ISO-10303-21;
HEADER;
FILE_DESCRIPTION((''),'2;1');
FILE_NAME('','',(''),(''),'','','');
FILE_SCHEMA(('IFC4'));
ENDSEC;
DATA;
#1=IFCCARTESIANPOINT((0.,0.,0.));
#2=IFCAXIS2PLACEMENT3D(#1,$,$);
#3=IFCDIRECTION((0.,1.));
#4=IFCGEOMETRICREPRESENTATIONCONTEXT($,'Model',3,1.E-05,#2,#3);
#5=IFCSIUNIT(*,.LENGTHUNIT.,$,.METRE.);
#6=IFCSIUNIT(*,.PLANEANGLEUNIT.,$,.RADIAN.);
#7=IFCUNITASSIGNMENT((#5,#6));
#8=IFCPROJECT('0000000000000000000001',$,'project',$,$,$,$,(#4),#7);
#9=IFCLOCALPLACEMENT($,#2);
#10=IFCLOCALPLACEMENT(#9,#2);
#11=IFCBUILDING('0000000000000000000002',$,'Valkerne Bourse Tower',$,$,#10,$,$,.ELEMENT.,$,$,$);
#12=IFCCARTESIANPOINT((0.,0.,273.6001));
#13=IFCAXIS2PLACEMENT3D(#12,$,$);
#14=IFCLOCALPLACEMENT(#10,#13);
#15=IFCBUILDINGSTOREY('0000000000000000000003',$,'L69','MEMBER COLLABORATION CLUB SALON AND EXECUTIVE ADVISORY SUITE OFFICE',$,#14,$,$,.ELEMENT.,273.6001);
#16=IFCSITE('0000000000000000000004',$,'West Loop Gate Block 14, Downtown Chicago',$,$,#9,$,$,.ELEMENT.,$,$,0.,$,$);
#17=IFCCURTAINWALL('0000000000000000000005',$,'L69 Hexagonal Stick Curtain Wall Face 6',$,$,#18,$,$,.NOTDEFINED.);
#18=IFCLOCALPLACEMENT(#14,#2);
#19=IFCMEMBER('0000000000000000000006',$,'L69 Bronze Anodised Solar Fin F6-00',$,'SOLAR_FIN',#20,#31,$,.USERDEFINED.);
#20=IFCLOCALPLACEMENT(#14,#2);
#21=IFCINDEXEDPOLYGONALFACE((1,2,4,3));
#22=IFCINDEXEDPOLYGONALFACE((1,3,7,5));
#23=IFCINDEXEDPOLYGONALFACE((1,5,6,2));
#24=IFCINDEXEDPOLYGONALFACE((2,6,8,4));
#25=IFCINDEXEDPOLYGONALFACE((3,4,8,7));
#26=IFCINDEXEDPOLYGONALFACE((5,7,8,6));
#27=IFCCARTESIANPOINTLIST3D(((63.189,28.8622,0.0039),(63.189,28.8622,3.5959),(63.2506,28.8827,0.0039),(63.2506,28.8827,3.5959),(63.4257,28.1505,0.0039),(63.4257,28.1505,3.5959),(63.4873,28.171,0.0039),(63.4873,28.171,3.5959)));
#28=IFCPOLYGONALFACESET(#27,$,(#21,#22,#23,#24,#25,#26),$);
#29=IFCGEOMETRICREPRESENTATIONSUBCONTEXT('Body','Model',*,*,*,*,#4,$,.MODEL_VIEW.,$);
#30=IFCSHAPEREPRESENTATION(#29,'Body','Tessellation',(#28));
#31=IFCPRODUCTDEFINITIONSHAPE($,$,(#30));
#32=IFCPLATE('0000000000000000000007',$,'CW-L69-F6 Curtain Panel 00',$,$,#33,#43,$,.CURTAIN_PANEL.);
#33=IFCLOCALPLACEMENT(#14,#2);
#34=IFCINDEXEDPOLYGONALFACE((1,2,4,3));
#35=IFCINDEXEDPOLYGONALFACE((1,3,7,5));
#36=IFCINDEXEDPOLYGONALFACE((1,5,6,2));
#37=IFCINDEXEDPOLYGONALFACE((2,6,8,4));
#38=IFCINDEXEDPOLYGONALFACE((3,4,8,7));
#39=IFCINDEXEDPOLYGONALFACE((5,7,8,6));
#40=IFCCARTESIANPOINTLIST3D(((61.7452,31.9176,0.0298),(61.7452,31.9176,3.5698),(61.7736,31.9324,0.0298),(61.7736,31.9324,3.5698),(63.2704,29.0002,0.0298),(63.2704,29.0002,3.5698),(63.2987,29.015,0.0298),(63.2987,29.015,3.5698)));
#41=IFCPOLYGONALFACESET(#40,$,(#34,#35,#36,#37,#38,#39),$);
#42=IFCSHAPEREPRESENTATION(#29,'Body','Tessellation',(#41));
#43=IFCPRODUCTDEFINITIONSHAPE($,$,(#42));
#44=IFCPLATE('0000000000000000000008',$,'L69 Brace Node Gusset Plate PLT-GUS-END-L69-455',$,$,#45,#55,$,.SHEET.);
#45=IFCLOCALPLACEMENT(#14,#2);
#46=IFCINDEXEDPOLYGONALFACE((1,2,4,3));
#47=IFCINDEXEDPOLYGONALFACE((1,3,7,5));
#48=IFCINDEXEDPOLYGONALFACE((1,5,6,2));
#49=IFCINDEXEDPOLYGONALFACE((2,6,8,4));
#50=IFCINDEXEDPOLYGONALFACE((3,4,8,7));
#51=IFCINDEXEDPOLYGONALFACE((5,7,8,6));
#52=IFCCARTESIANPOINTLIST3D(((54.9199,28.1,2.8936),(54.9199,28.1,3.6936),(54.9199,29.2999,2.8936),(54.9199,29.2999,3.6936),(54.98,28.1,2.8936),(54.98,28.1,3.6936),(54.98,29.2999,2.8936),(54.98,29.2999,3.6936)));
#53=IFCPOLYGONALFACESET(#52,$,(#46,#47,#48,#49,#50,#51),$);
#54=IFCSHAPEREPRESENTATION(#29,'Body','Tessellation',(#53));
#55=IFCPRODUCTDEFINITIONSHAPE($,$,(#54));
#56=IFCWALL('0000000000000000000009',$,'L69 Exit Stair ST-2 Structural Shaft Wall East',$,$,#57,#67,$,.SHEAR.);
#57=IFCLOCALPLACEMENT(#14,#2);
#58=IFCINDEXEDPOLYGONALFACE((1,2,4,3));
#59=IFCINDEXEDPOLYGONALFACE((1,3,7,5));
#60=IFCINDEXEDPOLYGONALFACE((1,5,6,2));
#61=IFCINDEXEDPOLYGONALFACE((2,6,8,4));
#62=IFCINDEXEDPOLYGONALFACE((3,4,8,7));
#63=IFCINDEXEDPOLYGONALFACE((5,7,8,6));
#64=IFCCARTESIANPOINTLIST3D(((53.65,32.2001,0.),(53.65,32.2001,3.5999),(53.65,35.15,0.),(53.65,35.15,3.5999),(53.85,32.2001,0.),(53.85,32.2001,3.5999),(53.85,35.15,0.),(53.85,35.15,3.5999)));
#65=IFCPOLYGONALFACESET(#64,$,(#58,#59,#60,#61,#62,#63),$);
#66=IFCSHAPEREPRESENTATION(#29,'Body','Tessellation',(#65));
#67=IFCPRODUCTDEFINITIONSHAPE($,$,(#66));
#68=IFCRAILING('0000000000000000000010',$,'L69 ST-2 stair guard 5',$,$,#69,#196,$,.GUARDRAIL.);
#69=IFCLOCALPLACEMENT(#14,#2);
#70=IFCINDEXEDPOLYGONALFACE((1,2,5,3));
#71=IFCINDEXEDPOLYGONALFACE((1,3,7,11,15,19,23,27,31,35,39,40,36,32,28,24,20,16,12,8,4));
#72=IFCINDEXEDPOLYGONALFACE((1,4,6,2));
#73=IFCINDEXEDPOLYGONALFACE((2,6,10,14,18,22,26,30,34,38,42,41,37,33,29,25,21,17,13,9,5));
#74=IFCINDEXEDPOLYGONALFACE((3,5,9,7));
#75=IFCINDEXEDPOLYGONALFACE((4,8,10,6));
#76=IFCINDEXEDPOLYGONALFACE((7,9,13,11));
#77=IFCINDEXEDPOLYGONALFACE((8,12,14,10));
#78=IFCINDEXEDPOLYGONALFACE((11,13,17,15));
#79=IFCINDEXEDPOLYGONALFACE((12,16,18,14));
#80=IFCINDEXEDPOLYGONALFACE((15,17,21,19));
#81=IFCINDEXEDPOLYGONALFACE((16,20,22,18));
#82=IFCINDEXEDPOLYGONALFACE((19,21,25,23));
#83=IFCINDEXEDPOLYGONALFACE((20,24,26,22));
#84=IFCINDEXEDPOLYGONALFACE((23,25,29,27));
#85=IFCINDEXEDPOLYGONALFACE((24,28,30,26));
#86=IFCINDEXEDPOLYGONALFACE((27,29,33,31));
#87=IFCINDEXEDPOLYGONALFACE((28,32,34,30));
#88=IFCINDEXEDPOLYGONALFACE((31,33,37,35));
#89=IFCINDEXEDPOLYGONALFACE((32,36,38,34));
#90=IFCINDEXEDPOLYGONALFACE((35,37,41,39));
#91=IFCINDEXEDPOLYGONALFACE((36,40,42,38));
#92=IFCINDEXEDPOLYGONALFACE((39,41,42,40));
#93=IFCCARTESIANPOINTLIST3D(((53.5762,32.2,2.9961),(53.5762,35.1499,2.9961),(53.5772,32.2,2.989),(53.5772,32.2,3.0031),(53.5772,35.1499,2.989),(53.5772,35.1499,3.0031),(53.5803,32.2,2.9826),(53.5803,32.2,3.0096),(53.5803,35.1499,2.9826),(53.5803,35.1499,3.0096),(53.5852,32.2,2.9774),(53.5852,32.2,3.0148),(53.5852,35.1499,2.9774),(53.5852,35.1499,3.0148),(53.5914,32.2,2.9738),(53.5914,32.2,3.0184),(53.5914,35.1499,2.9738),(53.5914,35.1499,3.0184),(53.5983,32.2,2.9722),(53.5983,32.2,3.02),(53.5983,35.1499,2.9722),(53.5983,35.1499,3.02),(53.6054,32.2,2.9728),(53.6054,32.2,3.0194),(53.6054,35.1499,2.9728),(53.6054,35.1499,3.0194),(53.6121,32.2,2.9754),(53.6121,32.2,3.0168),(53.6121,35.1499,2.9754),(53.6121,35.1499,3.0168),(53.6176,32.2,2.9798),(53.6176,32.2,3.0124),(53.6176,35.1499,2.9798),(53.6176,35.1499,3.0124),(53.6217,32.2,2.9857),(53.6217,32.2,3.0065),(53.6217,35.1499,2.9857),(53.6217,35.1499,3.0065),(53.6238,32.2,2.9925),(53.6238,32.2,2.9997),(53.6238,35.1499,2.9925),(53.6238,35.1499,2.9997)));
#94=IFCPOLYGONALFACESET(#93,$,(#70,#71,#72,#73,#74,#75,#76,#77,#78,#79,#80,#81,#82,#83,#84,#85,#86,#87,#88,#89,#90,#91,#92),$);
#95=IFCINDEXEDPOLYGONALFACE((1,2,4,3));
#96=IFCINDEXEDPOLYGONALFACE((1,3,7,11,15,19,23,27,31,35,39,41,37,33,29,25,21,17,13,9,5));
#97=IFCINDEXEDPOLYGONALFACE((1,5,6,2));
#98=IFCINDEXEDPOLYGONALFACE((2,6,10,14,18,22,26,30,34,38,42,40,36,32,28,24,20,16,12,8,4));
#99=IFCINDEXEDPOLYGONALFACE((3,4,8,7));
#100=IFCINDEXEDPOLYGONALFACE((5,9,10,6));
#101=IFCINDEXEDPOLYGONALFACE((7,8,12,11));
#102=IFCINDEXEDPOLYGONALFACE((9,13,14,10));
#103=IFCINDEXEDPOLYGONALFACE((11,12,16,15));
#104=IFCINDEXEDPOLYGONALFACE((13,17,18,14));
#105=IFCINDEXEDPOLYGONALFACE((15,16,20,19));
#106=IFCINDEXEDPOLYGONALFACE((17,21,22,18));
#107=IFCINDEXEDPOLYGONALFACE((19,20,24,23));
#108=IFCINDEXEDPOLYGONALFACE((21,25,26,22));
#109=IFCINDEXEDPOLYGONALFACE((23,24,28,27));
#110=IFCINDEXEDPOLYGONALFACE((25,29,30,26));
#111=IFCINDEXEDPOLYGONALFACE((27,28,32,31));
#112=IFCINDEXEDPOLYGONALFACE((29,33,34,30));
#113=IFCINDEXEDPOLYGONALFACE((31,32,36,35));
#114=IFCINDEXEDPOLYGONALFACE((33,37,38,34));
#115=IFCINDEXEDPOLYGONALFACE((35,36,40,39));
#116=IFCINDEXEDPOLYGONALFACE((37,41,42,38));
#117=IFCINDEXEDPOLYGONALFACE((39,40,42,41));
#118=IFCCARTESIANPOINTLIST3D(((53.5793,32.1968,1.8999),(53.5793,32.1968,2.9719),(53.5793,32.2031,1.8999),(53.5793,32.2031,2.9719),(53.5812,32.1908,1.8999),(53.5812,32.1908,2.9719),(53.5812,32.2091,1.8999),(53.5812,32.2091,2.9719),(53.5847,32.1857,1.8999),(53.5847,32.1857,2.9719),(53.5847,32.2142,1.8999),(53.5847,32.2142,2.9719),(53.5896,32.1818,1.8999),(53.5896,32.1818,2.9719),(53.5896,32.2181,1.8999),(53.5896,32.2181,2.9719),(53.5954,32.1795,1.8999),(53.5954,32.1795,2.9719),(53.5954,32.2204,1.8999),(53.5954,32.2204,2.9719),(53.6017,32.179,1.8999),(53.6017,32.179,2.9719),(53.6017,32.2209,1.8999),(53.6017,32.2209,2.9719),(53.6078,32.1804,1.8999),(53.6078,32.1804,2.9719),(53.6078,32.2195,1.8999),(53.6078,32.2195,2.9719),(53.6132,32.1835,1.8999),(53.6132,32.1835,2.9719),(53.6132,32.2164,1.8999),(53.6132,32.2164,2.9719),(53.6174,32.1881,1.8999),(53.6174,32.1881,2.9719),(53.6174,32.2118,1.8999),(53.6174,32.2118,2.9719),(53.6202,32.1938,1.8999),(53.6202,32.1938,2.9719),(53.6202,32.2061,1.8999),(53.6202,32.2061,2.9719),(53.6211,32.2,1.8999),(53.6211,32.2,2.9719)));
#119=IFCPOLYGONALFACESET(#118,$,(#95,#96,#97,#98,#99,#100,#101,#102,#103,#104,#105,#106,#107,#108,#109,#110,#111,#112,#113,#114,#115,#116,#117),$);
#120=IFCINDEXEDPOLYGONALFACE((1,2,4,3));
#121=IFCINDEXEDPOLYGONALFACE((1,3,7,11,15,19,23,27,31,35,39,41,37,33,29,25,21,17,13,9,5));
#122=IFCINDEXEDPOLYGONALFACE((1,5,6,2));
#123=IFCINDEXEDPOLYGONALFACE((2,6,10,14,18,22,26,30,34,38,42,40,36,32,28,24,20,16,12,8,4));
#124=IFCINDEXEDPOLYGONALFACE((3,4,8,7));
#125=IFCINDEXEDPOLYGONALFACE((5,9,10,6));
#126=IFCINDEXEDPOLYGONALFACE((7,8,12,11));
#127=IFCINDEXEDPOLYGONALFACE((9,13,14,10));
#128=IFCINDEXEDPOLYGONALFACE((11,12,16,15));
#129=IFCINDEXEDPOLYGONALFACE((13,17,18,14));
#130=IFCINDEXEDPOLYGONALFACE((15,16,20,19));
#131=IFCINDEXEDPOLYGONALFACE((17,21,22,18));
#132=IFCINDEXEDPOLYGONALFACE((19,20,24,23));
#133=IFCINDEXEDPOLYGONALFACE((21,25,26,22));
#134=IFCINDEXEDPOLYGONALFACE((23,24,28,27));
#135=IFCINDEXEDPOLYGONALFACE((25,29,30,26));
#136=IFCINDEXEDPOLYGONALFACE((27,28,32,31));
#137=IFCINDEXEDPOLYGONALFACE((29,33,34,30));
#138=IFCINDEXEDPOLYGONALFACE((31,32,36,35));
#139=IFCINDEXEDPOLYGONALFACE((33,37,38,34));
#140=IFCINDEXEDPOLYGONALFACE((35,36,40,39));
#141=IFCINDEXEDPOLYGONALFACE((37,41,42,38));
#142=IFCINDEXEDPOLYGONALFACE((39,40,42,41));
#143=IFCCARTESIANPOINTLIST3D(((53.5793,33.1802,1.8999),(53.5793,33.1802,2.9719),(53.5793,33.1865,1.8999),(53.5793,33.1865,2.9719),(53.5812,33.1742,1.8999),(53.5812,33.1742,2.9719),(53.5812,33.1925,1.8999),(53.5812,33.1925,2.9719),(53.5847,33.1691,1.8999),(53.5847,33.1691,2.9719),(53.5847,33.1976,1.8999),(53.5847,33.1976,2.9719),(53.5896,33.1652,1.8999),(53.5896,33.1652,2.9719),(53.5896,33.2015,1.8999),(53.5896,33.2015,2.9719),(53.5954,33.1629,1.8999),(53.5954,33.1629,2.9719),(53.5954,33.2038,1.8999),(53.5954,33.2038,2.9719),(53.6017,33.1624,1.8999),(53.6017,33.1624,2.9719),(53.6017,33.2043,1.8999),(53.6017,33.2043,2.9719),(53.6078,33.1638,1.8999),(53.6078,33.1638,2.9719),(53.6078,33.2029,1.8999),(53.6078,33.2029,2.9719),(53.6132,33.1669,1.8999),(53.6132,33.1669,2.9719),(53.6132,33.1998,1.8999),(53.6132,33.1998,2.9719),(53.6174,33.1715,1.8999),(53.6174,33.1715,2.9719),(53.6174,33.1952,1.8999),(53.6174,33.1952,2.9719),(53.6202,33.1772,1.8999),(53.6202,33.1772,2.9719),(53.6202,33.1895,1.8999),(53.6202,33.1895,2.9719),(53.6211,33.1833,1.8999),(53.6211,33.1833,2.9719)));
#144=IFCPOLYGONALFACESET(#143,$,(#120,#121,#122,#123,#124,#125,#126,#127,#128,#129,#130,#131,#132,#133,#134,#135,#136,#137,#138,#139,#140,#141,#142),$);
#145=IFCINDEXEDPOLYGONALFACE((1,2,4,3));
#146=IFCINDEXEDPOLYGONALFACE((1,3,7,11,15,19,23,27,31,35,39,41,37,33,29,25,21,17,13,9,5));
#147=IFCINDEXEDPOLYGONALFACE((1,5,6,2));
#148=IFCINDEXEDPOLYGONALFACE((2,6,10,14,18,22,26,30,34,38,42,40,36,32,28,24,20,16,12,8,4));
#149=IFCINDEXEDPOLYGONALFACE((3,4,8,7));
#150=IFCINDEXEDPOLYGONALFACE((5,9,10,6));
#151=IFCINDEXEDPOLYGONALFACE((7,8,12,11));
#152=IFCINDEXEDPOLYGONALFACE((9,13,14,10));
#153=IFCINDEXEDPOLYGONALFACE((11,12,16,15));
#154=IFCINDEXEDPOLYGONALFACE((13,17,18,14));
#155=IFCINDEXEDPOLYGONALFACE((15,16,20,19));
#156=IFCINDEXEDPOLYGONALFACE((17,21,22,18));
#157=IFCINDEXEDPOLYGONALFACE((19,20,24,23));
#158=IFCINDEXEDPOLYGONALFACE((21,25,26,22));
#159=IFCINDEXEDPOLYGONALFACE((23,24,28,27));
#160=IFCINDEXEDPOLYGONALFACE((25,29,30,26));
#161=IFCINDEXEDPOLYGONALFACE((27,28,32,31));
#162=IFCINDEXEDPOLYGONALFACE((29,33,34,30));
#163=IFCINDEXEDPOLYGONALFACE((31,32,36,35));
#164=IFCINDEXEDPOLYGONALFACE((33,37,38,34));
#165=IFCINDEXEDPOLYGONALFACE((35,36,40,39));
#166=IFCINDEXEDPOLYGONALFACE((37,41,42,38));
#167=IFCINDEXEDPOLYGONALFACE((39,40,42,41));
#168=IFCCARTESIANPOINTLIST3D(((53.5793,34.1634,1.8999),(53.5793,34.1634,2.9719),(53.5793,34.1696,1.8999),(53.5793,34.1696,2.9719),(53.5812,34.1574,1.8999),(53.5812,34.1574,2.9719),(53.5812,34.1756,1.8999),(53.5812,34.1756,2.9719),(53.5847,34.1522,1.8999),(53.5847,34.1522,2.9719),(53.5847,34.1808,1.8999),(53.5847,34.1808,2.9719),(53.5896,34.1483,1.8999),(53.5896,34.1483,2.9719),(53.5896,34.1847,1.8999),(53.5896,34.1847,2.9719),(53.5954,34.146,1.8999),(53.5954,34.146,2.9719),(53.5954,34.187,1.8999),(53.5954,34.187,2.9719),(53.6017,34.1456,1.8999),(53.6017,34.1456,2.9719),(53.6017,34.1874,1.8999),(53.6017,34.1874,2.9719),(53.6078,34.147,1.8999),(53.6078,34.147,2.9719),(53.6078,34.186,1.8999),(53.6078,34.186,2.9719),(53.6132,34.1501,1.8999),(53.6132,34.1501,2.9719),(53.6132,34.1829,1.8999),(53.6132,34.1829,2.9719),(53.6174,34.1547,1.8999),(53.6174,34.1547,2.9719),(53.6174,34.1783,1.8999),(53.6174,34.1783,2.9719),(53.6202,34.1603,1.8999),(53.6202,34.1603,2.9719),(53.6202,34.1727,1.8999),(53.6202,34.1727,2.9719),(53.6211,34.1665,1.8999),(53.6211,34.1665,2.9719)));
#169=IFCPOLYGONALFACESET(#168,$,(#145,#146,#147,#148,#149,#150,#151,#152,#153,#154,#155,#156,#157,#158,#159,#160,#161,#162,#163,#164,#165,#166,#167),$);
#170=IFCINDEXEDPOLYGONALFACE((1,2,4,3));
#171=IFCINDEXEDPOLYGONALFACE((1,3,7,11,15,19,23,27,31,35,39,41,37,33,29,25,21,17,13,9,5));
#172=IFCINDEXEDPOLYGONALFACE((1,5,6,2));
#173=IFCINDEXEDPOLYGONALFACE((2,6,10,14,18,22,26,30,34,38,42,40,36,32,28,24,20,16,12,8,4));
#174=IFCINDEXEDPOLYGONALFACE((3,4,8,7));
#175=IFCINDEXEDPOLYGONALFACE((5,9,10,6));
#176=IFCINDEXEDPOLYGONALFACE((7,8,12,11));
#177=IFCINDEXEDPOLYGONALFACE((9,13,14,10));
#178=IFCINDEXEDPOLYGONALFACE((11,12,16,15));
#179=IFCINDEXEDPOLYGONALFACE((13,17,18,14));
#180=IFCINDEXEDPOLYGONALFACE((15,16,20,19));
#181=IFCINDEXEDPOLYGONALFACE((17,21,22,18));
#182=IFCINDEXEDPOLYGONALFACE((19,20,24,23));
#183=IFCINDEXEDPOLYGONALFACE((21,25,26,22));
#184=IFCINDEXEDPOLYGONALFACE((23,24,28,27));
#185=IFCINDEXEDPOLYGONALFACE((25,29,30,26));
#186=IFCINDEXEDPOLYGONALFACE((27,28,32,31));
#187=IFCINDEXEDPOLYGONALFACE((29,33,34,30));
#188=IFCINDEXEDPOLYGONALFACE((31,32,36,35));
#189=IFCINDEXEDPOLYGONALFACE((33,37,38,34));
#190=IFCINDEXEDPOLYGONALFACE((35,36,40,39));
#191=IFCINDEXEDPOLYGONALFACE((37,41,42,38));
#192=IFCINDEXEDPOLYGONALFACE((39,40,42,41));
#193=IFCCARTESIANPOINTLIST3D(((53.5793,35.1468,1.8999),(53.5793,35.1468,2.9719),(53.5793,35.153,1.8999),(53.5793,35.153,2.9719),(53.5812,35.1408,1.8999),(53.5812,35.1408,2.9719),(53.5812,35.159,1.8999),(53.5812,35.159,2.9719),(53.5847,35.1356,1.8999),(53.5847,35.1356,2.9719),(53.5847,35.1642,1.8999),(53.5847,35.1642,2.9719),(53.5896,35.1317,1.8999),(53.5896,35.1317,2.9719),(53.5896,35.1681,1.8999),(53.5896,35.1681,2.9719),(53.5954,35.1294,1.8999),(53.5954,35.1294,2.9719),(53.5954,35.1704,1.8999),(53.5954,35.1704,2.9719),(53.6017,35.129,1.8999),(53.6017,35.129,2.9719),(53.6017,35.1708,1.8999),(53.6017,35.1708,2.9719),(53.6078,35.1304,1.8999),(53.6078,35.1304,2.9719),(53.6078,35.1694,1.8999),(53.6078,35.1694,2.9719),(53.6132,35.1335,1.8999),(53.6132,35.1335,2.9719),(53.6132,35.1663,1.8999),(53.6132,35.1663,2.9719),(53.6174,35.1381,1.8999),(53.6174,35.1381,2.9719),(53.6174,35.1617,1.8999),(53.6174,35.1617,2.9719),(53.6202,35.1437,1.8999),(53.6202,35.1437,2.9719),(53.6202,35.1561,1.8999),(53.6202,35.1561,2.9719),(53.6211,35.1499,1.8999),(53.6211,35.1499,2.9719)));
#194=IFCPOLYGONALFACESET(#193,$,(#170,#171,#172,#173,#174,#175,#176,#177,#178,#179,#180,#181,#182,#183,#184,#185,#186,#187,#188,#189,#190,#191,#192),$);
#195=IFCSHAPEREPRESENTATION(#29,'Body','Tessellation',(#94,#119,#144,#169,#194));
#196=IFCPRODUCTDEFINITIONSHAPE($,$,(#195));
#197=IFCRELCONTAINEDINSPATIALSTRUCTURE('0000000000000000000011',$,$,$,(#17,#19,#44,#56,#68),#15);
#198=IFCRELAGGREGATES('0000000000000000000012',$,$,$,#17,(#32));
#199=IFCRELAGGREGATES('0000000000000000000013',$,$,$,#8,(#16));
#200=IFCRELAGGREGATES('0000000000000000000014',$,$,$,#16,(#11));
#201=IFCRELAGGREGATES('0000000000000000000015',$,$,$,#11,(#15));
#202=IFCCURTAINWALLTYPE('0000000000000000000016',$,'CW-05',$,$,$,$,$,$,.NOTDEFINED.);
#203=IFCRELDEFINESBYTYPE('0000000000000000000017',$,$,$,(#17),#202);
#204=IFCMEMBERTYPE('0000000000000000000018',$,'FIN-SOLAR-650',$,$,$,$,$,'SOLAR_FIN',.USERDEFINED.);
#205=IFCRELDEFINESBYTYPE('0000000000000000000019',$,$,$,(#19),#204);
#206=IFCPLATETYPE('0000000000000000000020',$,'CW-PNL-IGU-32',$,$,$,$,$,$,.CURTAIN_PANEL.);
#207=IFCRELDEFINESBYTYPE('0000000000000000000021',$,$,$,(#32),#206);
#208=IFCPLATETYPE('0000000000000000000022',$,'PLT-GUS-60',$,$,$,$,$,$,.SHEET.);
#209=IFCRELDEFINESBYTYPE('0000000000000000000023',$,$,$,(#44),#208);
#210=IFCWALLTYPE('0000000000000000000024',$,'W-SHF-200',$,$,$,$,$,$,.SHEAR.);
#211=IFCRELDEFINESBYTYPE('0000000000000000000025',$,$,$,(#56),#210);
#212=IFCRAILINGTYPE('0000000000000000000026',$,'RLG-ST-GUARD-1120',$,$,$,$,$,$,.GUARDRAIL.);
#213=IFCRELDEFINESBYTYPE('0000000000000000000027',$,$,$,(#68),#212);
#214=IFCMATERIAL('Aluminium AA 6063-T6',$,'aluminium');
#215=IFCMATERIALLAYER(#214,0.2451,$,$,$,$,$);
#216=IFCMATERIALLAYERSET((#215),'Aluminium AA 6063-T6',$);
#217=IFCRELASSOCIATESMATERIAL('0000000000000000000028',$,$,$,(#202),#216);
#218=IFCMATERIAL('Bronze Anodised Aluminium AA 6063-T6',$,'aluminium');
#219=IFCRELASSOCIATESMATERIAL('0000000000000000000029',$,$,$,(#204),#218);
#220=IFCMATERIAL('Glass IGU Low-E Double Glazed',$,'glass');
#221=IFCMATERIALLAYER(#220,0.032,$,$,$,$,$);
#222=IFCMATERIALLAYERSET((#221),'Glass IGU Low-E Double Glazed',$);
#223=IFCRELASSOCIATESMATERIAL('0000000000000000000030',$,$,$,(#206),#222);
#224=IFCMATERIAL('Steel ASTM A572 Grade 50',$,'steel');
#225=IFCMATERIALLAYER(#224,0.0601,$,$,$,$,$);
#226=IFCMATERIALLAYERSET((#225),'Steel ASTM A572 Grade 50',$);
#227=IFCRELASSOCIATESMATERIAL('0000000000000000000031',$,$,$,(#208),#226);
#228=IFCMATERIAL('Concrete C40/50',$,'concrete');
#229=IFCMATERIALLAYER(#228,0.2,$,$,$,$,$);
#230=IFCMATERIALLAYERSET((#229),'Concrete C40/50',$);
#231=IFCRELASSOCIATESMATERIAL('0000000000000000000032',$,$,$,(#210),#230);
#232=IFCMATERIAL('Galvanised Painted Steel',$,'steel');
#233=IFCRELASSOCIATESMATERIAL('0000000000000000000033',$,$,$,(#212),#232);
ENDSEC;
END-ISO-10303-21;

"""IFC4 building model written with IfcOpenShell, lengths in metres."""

from ifc_helpers import new_model, si_unit, direction, frame, frame_2d, origin, origin_2d, place, context, subcontext, project, spatial, rectangle, circle, extrude, material, layer, layer_set, material_profile, profile_set, type_object, element, aggregate, save


model = new_model("IFC4")

# Units and contexts
model_context = context("Model", 3, precision=1e-05, world=origin(), true_north=direction((0.0, 1.0)))
body_context = subcontext(model_context, "Body", "Model", "MODEL_VIEW")
ifc_project = project(units=[si_unit("LENGTHUNIT", "METRE"), si_unit("PLANEANGLEUNIT", "RADIAN")], contexts=[model_context])

# Site, building, storey
site_placement = place(None, origin())
site = spatial("IfcSite", under=ifc_project, at=site_placement, Name="West Loop Gate Block 14, Downtown Chicago", CompositionType="ELEMENT", RefElevation=0.0)
building_placement = place(site_placement, origin())
building = spatial("IfcBuilding", under=site, at=building_placement, Name="Valkerne Bourse Tower", CompositionType="ELEMENT")
storey_placement = place(building_placement, frame((0.0, 0.0, 273.6001)))
storey = spatial("IfcBuildingStorey", under=building, at=storey_placement, Name="L69", Description="MEMBER COLLABORATION CLUB SALON AND EXECUTIVE ADVISORY SUITE OFFICE", CompositionType="ELEMENT", Elevation=273.6001)

# Curtain wall
ifc_material_1 = material(Name="Aluminium AA 6063-T6", Category="aluminium")
ifc_layer_1 = layer(ifc_material_1, 0.2451)
ifc_layer_set_1 = layer_set([ifc_layer_1], Name="Aluminium AA 6063-T6")
curtain_wall_type = type_object("IfcCurtainWallType", Name="CW-05", PredefinedType="NOTDEFINED", material=ifc_layer_set_1)
curtain_wall_placement = place(storey_placement, origin())
curtain_wall = element("IfcCurtainWall", 1, at=curtain_wall_placement, inside=storey, type_object=curtain_wall_type, Name="L69 Hexagonal Stick Curtain Wall Face 6", PredefinedType="NOTDEFINED")

# Member
ifc_material_2 = material(Name="Bronze Anodised Aluminium AA 6063-T6", Category="aluminium")
ifc_material_profile_1 = material_profile(ifc_material_2, rectangle(XDim=0.0649, YDim=0.75, at=origin_2d()), Name="FIN-65X750")
ifc_profile_set_1 = profile_set([ifc_material_profile_1], Name="Bronze Anodised Aluminium AA 6063-T6")
member_type_1 = type_object("IfcMemberType", Name="FIN-SOLAR-650", ElementType="SOLAR_FIN", PredefinedType="USERDEFINED", material=ifc_profile_set_1)
member_1_placement = place(storey_placement, frame((63.3381, 28.5166, 0.0039), z_axis=(0.0, 0.0, 1.0), x_axis=(0.948894, 0.315594, 0.0)))
element("IfcMember", 2, at=member_1_placement, inside=storey, type_object=member_type_1, Name="L69 Bronze Anodised Solar Fin F6-00", ObjectType="SOLAR_FIN", PredefinedType="USERDEFINED", context=body_context, shape_type="SweptSolid", body=[
    extrude(rectangle(XDim=0.0649, YDim=0.75, at=origin_2d()), origin(), (0.0, 0.0, 1.0), 3.592),
])

# Plates
ifc_material_3 = material(Name="Glass IGU Low-E Double Glazed", Category="glass")
ifc_layer_2 = layer(ifc_material_3, 0.032)
ifc_layer_set_2 = layer_set([ifc_layer_2], Name="Glass IGU Low-E Double Glazed")
plate_type_1 = type_object("IfcPlateType", Name="CW-PNL-IGU-32", PredefinedType="CURTAIN_PANEL", material=ifc_layer_set_2)
plate_1_placement = place(storey_placement, frame((62.522, 30.4663, 0.0298), z_axis=(0.0, 0.0, 1.0), x_axis=(-0.463294, 0.886204, 0.0)))
plate_1 = element("IfcPlate", 3, at=plate_1_placement, type_object=plate_type_1, Name="CW-L69-F6 Curtain Panel 00", PredefinedType="CURTAIN_PANEL", context=body_context, shape_type="SweptSolid", body=[
    extrude(rectangle(XDim=3.292, YDim=0.032, at=origin_2d()), origin(), (0.0, 0.0, 1.0), 3.54),
])
aggregate(curtain_wall, [plate_1])
ifc_material_4 = material(Name="Steel ASTM A572 Grade 50", Category="steel")
ifc_layer_3 = layer(ifc_material_4, 0.0601)
ifc_layer_set_3 = layer_set([ifc_layer_3], Name="Steel ASTM A572 Grade 50")
plate_type_2 = type_object("IfcPlateType", Name="PLT-GUS-60", PredefinedType="SHEET", material=ifc_layer_set_3)
plate_2_placement = place(storey_placement, frame((54.95, 28.7, 2.8936), z_axis=(0.0, 0.0, 1.0), x_axis=(0.0, 1.0, 0.0)))
element("IfcPlate", 4, at=plate_2_placement, inside=storey, type_object=plate_type_2, Name="L69 Brace Node Gusset Plate PLT-GUS-END-L69-455", PredefinedType="SHEET", context=body_context, shape_type="SweptSolid", body=[
    extrude(rectangle(XDim=1.2, YDim=0.0601, at=origin_2d()), origin(), (0.0, 0.0, 1.0), 0.8),
])

# Wall
ifc_material_5 = material(Name="Concrete C40/50", Category="concrete")
ifc_layer_4 = layer(ifc_material_5, 0.2)
ifc_layer_set_4 = layer_set([ifc_layer_4], Name="Concrete C40/50")
wall_type_1 = type_object("IfcWallType", Name="W-SHF-200", PredefinedType="SHEAR", material=ifc_layer_set_4)
wall_1_placement = place(storey_placement, frame((53.75, 32.2, 0.0), z_axis=(0.0, 0.0, 1.0), x_axis=(0.0, 1.0, 0.0)))
element("IfcWall", 5, at=wall_1_placement, inside=storey, type_object=wall_type_1, Name="L69 Exit Stair ST-2 Structural Shaft Wall East", PredefinedType="SHEAR", context=body_context, shape_type="SweptSolid", body=[
    extrude(rectangle(XDim=2.95, YDim=0.2, at=frame_2d((1.4751, 0.0))), origin(), (0.0, 0.0, 1.0), 3.5999),
])

# Railing
ifc_material_6 = material(Name="Galvanised Painted Steel", Category="steel")
railing_type = type_object("IfcRailingType", Name="RLG-ST-GUARD-1120", PredefinedType="GUARDRAIL", material=ifc_material_6)
railing_1_placement = place(storey_placement, frame((53.6001, 32.2, 1.8999)))
element("IfcRailing", 6, at=railing_1_placement, inside=storey, type_object=railing_type, Name="L69 ST-2 stair guard 5", PredefinedType="GUARDRAIL", context=body_context, shape_type="SweptSolid", body=[
    extrude(circle(Radius=0.0239, at=origin_2d()), frame((0.0, 0.0, 1.0962), z_axis=(0.0, 1.0, 0.0), x_axis=(-1.0, 0.0, 0.0)), (0.0, 0.0, 1.0), 2.95),
    extrude(circle(Radius=0.021, at=origin_2d()), origin(), (0.0, 0.0, 1.0), 1.072),
    extrude(circle(Radius=0.021, at=origin_2d()), frame((0.0, 0.9834, 0.0)), (0.0, 0.0, 1.0), 1.072),
    extrude(circle(Radius=0.021, at=origin_2d()), frame((0.0, 1.9666, 0.0)), (0.0, 0.0, 1.0), 1.072),
    extrude(circle(Radius=0.021, at=origin_2d()), frame((0.0, 2.95, 0.0)), (0.0, 0.0, 1.0), 1.072),
])

save(model, "model.ifc")
